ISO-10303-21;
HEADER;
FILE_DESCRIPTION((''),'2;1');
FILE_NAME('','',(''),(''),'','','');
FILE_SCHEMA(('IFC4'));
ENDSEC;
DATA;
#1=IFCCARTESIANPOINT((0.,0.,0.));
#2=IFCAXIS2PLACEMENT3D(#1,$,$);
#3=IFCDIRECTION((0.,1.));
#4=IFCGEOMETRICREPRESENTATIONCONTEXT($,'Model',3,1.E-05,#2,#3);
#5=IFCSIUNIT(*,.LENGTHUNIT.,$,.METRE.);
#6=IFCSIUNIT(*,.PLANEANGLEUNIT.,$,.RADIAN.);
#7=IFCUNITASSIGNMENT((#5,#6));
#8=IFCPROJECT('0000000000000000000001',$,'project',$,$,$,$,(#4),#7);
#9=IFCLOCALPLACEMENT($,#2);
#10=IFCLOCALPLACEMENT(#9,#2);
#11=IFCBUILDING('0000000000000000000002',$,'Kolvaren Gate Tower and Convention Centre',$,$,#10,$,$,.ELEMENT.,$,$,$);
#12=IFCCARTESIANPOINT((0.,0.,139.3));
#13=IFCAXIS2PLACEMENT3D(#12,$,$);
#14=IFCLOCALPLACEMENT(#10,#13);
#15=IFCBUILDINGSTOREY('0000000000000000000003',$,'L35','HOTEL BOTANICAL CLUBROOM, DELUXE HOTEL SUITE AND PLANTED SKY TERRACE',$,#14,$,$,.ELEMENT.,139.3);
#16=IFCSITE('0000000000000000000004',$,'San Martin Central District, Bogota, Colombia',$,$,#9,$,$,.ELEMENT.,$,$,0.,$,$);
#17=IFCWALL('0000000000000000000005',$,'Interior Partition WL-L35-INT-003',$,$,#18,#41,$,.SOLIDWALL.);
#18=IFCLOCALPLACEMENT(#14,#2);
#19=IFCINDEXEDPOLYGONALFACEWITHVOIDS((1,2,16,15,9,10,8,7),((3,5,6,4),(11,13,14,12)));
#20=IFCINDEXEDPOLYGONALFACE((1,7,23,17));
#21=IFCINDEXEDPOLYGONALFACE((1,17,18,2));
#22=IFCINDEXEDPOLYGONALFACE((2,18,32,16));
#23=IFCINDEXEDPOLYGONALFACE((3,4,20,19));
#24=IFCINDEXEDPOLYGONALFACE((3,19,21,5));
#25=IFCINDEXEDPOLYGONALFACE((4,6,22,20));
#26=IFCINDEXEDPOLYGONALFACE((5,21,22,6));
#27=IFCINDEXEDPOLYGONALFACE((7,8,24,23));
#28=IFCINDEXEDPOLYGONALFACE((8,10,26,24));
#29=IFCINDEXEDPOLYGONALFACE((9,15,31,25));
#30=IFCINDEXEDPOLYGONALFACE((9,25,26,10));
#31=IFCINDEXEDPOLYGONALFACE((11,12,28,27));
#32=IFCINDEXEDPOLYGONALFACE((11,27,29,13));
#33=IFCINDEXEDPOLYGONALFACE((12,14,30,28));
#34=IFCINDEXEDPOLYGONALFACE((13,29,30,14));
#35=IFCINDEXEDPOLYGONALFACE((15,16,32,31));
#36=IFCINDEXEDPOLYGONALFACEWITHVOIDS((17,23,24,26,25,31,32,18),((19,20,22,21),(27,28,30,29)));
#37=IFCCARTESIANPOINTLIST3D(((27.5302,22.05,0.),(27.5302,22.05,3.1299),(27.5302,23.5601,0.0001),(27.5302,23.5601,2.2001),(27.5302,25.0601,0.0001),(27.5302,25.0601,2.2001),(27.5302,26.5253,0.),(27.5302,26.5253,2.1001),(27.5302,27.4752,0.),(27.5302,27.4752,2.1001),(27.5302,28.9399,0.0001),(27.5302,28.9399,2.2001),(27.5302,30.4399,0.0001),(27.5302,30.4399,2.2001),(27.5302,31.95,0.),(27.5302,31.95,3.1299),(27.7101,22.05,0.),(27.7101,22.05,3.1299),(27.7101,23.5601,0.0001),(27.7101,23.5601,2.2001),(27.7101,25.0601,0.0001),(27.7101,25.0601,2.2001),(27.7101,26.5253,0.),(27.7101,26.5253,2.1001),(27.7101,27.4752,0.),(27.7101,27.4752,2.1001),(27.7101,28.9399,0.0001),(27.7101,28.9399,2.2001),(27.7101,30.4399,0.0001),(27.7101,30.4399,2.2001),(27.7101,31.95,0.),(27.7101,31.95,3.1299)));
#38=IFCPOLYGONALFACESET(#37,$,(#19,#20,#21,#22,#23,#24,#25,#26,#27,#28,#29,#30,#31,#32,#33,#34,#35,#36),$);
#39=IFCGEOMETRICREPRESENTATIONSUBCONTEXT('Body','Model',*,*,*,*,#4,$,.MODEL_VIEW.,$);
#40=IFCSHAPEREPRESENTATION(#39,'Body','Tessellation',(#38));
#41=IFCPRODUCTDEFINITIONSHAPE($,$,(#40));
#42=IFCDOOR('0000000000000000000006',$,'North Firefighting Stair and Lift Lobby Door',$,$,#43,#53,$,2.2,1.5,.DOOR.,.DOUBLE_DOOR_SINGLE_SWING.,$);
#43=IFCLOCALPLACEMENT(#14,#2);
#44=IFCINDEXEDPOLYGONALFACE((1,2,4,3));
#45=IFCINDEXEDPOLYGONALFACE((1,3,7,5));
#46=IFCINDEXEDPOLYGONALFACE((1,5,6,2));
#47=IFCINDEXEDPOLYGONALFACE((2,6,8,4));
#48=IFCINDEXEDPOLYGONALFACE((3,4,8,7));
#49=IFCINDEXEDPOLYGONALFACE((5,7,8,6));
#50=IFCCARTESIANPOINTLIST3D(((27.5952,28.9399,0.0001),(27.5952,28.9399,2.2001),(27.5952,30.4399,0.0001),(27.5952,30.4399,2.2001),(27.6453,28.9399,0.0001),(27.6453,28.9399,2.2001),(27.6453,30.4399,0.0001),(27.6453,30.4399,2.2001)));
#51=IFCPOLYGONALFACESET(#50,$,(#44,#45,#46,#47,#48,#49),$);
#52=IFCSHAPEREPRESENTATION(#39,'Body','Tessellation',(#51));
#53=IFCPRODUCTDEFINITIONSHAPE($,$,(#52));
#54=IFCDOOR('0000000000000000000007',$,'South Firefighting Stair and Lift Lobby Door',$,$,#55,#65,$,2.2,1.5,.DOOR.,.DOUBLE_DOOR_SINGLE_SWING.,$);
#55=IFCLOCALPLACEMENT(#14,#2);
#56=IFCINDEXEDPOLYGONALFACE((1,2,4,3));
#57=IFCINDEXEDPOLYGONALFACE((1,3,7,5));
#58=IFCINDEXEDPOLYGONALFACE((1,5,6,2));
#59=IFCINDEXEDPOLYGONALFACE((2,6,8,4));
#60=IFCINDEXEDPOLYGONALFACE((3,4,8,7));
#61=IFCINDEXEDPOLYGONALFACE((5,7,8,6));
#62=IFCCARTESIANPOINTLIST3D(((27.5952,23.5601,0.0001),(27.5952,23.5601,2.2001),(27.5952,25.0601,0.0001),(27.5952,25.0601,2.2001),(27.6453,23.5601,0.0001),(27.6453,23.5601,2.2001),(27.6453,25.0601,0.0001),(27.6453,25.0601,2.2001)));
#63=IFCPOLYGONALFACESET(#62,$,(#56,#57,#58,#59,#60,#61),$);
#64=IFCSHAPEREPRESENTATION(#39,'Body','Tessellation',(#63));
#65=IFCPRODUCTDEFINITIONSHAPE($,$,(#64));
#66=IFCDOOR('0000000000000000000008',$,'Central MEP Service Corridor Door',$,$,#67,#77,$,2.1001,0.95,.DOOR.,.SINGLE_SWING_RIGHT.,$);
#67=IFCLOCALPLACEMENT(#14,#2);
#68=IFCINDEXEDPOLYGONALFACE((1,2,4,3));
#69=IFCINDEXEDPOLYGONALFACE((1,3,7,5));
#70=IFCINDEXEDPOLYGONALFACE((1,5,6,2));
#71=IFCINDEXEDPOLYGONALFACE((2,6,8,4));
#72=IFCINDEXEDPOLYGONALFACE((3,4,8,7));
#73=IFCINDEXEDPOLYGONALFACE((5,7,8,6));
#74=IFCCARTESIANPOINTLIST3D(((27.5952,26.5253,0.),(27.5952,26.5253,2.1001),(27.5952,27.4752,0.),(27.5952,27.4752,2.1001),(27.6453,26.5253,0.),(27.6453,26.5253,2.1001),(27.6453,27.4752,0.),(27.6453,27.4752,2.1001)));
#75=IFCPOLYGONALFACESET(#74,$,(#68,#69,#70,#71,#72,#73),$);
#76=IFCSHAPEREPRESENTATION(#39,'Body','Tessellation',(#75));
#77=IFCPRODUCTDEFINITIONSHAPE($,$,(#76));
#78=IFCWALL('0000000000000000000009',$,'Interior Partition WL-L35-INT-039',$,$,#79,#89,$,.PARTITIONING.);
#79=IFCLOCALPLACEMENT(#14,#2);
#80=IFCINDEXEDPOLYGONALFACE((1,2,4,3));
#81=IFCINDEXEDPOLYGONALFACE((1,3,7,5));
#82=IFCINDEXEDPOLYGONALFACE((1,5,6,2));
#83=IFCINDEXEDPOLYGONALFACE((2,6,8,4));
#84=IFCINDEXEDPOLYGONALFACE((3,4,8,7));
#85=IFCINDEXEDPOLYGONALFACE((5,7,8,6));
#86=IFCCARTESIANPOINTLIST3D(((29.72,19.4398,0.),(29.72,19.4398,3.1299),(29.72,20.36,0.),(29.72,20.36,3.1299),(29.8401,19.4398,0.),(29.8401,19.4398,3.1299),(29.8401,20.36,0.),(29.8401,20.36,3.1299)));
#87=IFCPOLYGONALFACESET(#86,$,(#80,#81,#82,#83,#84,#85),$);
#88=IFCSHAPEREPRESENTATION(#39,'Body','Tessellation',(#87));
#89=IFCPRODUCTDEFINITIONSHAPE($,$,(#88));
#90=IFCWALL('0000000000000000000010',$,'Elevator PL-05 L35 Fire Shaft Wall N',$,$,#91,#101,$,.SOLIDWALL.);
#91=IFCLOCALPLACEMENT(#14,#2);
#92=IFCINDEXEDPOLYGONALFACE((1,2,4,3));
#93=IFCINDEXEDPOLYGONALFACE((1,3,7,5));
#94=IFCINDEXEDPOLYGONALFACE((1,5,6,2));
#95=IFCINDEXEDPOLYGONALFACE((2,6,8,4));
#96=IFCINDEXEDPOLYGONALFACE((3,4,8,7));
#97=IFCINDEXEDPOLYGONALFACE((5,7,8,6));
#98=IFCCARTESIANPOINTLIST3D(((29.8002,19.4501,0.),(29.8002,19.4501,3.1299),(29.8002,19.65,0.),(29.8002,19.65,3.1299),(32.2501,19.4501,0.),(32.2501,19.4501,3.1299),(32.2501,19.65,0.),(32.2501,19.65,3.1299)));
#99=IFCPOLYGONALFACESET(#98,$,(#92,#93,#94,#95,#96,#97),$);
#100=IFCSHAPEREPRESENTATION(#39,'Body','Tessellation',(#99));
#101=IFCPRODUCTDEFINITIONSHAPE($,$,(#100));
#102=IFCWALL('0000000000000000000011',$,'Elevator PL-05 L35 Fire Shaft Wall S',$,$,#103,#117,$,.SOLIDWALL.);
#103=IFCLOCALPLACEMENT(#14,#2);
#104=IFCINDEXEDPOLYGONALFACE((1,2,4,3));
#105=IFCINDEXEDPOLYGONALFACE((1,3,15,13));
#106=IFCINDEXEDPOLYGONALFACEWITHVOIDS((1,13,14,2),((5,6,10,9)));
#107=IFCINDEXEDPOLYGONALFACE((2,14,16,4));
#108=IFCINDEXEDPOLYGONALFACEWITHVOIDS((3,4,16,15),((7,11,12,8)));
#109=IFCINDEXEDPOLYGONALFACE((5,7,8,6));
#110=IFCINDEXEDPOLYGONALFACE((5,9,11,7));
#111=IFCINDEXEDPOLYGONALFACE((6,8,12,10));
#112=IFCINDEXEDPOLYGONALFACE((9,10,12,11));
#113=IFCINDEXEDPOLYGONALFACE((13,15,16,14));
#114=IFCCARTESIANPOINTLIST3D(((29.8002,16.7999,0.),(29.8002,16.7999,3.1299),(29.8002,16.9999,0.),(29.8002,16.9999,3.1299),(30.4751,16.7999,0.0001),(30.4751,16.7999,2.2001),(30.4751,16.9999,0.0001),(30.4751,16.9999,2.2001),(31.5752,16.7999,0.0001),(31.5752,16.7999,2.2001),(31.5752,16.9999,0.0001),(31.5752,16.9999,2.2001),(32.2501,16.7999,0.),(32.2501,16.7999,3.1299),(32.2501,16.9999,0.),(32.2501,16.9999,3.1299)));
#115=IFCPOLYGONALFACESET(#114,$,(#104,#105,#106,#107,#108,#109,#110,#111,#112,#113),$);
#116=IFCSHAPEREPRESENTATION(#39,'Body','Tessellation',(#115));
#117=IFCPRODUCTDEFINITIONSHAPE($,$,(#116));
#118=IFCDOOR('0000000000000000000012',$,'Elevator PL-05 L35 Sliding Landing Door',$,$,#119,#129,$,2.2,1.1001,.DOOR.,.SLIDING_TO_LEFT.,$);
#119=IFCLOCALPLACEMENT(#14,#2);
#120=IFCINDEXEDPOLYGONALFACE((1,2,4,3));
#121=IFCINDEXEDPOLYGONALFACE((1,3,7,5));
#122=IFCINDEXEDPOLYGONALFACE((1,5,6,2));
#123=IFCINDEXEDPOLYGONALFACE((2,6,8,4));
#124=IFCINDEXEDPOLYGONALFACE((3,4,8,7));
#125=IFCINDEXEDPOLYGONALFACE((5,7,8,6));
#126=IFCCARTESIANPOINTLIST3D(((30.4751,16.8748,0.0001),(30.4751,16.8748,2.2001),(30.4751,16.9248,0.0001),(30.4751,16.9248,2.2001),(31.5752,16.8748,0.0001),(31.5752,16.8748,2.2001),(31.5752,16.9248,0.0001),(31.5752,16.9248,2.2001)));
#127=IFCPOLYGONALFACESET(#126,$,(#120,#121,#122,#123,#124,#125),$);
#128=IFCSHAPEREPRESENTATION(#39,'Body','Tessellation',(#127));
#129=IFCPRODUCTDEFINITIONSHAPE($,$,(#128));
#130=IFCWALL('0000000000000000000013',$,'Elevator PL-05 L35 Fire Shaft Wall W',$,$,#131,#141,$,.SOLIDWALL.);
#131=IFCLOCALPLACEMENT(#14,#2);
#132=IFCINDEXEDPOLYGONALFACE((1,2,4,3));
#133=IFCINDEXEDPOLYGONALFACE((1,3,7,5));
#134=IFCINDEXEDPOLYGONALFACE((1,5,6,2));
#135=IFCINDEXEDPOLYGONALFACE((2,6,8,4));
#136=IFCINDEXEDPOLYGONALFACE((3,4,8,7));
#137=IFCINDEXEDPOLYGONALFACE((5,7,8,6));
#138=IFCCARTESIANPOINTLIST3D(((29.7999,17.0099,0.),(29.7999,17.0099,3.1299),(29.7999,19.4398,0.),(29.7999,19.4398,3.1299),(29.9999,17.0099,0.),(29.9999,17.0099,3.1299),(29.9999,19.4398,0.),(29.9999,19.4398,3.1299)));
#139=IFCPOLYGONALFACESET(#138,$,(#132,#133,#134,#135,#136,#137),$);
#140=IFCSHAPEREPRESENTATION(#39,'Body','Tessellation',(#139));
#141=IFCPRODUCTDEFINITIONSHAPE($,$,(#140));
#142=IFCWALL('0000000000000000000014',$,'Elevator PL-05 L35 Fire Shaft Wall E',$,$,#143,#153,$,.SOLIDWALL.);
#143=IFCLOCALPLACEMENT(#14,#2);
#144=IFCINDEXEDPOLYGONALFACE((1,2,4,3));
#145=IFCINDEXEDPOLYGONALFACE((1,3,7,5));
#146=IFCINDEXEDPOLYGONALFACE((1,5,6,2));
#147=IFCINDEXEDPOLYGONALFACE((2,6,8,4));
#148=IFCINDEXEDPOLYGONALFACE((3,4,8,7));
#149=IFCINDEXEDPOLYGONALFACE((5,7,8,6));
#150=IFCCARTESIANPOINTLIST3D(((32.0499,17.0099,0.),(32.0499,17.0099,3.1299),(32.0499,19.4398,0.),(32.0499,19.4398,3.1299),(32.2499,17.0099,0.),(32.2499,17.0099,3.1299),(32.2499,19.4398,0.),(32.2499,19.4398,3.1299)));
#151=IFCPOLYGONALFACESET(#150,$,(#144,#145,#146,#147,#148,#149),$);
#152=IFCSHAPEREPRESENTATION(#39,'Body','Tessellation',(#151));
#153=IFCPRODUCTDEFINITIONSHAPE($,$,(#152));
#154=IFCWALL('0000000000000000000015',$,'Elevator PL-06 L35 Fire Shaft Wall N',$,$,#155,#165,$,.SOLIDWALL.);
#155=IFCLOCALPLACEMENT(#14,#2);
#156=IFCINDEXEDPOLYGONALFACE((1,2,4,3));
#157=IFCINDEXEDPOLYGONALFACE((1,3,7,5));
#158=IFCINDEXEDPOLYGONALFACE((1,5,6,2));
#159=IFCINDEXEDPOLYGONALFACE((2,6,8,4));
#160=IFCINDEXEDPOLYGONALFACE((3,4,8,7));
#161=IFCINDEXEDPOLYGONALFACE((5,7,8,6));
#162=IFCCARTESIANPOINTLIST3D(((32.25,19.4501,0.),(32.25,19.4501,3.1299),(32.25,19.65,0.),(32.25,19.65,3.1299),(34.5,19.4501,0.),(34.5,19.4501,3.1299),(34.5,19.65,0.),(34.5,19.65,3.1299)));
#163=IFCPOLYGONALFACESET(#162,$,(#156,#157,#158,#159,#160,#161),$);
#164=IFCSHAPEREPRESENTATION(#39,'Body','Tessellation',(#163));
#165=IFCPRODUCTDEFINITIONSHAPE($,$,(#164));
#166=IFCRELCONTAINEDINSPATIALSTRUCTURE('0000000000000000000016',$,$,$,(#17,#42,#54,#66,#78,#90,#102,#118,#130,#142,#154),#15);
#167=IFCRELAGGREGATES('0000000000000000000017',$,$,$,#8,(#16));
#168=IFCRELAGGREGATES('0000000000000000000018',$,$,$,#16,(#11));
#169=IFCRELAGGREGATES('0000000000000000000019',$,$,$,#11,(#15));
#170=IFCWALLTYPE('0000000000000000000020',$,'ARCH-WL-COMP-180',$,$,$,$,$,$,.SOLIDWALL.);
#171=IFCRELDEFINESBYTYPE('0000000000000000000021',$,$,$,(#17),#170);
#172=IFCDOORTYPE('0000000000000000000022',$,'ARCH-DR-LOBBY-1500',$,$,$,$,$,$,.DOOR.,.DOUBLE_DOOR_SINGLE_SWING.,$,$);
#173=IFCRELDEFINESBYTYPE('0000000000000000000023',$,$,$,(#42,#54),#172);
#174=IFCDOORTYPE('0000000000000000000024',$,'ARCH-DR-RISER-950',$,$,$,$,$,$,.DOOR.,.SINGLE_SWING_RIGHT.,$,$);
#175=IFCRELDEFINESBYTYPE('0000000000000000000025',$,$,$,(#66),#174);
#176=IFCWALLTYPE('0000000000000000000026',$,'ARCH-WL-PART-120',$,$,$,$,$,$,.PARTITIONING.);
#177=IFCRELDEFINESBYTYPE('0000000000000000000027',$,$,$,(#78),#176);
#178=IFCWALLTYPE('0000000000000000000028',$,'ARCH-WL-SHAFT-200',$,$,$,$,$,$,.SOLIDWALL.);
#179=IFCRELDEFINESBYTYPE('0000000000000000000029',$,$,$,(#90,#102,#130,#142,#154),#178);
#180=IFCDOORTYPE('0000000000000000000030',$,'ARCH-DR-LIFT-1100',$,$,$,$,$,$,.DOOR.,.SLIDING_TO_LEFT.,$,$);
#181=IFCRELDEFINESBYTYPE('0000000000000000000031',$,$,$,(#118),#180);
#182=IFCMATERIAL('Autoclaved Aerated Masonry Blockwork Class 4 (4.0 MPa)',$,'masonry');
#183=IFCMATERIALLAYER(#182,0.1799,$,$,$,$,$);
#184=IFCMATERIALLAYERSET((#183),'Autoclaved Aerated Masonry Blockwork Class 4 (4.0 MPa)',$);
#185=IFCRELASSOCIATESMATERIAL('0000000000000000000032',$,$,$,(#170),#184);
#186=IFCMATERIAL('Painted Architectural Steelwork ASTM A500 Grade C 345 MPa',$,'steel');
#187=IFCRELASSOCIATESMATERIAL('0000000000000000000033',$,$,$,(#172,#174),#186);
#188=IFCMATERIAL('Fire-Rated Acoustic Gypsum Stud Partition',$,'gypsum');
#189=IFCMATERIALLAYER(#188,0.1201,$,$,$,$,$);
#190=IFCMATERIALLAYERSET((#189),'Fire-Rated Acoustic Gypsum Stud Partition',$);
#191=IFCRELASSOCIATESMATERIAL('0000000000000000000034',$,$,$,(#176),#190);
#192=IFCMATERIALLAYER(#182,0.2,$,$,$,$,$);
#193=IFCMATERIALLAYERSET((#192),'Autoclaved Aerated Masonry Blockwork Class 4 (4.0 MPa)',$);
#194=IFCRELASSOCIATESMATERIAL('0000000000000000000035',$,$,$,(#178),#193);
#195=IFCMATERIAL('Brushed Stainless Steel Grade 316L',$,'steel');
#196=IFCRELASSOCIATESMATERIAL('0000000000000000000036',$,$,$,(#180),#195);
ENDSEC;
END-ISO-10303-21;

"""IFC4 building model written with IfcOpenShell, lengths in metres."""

from ifc_helpers import new_model, si_unit, direction, frame, frame_2d, origin, place, context, subcontext, project, spatial, rectangle, extrude, material, layer, layer_set, type_object, element, fill, save


model = new_model("IFC4")

# Units and contexts
model_context = context("Model", 3, precision=1e-05, world=origin(), true_north=direction((0.0, 1.0)))
body_context = subcontext(model_context, "Body", "Model", "MODEL_VIEW")
ifc_project = project(units=[si_unit("LENGTHUNIT", "METRE"), si_unit("PLANEANGLEUNIT", "RADIAN")], contexts=[model_context])

# Site, building, storey
site_placement = place(None, origin())
site = spatial("IfcSite", under=ifc_project, at=site_placement, Name="San Martin Central District, Bogota, Colombia", CompositionType="ELEMENT", RefElevation=0.0)
building_placement = place(site_placement, origin())
building = spatial("IfcBuilding", under=site, at=building_placement, Name="Kolvaren Gate Tower and Convention Centre", CompositionType="ELEMENT")
storey_placement = place(building_placement, frame((0.0, 0.0, 139.3)))
storey = spatial("IfcBuildingStorey", under=building, at=storey_placement, Name="L35", Description="HOTEL BOTANICAL CLUBROOM, DELUXE HOTEL SUITE AND PLANTED SKY TERRACE", CompositionType="ELEMENT", Elevation=139.3)

# Wall, openings, doors
ifc_material_1 = material(Name="Autoclaved Aerated Masonry Blockwork Class 4 (4.0 MPa)", Category="masonry")
ifc_layer_1 = layer(ifc_material_1, 0.1799)
ifc_layer_set_1 = layer_set([ifc_layer_1], Name="Autoclaved Aerated Masonry Blockwork Class 4 (4.0 MPa)")
wall_type_1 = type_object("IfcWallType", Name="ARCH-WL-COMP-180", PredefinedType="SOLIDWALL", material=ifc_layer_set_1)
wall_1_placement = place(storey_placement, frame((27.6201, 22.05, 0.0), z_axis=(0.0, 0.0, 1.0), x_axis=(0.0, 1.0, 0.0)))
wall_1 = element("IfcWall", 1, at=wall_1_placement, inside=storey, type_object=wall_type_1, Name="Interior Partition WL-L35-INT-003", PredefinedType="SOLIDWALL", context=body_context, shape_type="SweptSolid", body=[
    extrude(rectangle(XDim=9.8999, YDim=0.1799, at=frame_2d((4.95, 0.0))), origin(), (0.0, 0.0, 1.0), 3.1299),
])
opening_1_placement = place(wall_1_placement, frame((4.4751, 0.0, 0.0)))
opening_1 = element("IfcOpeningElement", 2, at=opening_1_placement, cuts=wall_1, PredefinedType="OPENING", context=body_context, shape_type="SweptSolid", body=[
    extrude(rectangle(XDim=0.95, YDim=2.1001, at=frame_2d((0.4751, 1.05))), frame((0.0, 0.0999, 0.0), z_axis=(0.0, -1.0, 0.0), x_axis=(1.0, 0.0, 0.0)), (0.0, 0.0, 1.0), 0.2),
])
opening_2_placement = place(wall_1_placement, frame((6.8899, 0.0, 0.0)))
opening_2 = element("IfcOpeningElement", 3, at=opening_2_placement, cuts=wall_1, PredefinedType="OPENING", context=body_context, shape_type="SweptSolid", body=[
    extrude(rectangle(XDim=1.5, YDim=2.2, at=frame_2d((0.75, 1.1001))), frame((0.0, 0.0999, 0.0), z_axis=(0.0, -1.0, 0.0), x_axis=(1.0, 0.0, 0.0)), (0.0, 0.0, 1.0), 0.2),
])
opening_3_placement = place(wall_1_placement, frame((1.51, 0.0, 0.0)))
opening_3 = element("IfcOpeningElement", 4, at=opening_3_placement, cuts=wall_1, PredefinedType="OPENING", context=body_context, shape_type="SweptSolid", body=[
    extrude(rectangle(XDim=1.5, YDim=2.2, at=frame_2d((0.75, 1.1001))), frame((0.0, 0.0999, 0.0), z_axis=(0.0, -1.0, 0.0), x_axis=(1.0, 0.0, 0.0)), (0.0, 0.0, 1.0), 0.2),
])
ifc_material_2 = material(Name="Painted Architectural Steelwork ASTM A500 Grade C 345 MPa", Category="steel")
door_type_1 = type_object("IfcDoorType", Name="ARCH-DR-LOBBY-1500", OperationType="DOUBLE_DOOR_SINGLE_SWING", PredefinedType="DOOR", material=ifc_material_2)
door_1_placement = place(opening_2_placement, origin())
door_1 = element("IfcDoor", 5, at=door_1_placement, inside=storey, type_object=door_type_1, Name="North Firefighting Stair and Lift Lobby Door", OperationType="DOUBLE_DOOR_SINGLE_SWING", OverallHeight=2.2, OverallWidth=1.5, PredefinedType="DOOR", context=body_context, shape_type="SweptSolid", body=[
    extrude(rectangle(XDim=1.5, YDim=2.2, at=frame_2d((0.75, 1.1001))), frame((0.0, 0.0249, 0.0), z_axis=(0.0, -1.0, 0.0), x_axis=(1.0, 0.0, 0.0)), (0.0, 0.0, 1.0), 0.05),
])
fill(opening_2, door_1)
door_2_placement = place(opening_3_placement, origin())
door_2 = element("IfcDoor", 6, at=door_2_placement, inside=storey, type_object=door_type_1, Name="South Firefighting Stair and Lift Lobby Door", OperationType="DOUBLE_DOOR_SINGLE_SWING", OverallHeight=2.2, OverallWidth=1.5, PredefinedType="DOOR", context=body_context, shape_type="SweptSolid", body=[
    extrude(rectangle(XDim=1.5, YDim=2.2, at=frame_2d((0.75, 1.1001))), frame((0.0, 0.0249, 0.0), z_axis=(0.0, -1.0, 0.0), x_axis=(1.0, 0.0, 0.0)), (0.0, 0.0, 1.0), 0.05),
])
fill(opening_3, door_2)
door_type_2 = type_object("IfcDoorType", Name="ARCH-DR-RISER-950", OperationType="SINGLE_SWING_RIGHT", PredefinedType="DOOR", material=ifc_material_2)
door_3_placement = place(opening_1_placement, origin())
door_3 = element("IfcDoor", 7, at=door_3_placement, inside=storey, type_object=door_type_2, Name="Central MEP Service Corridor Door", OperationType="SINGLE_SWING_RIGHT", OverallHeight=2.1001, OverallWidth=0.95, PredefinedType="DOOR", context=body_context, shape_type="SweptSolid", body=[
    extrude(rectangle(XDim=0.95, YDim=2.1001, at=frame_2d((0.4751, 1.05))), frame((0.0, 0.0249, 0.0), z_axis=(0.0, -1.0, 0.0), x_axis=(1.0, 0.0, 0.0)), (0.0, 0.0, 1.0), 0.05),
])
fill(opening_1, door_3)

# Walls
ifc_material_3 = material(Name="Fire-Rated Acoustic Gypsum Stud Partition", Category="gypsum")
ifc_layer_2 = layer(ifc_material_3, 0.1201)
ifc_layer_set_2 = layer_set([ifc_layer_2], Name="Fire-Rated Acoustic Gypsum Stud Partition")
wall_type_2 = type_object("IfcWallType", Name="ARCH-WL-PART-120", PredefinedType="PARTITIONING", material=ifc_layer_set_2)
wall_2_placement = place(storey_placement, frame((29.78, 19.4399, 0.0), z_axis=(0.0, 0.0, 1.0), x_axis=(0.0, 1.0, 0.0)))
element("IfcWall", 8, at=wall_2_placement, inside=storey, type_object=wall_type_2, Name="Interior Partition WL-L35-INT-039", PredefinedType="PARTITIONING", context=body_context, shape_type="SweptSolid", body=[
    extrude(rectangle(XDim=0.9202, YDim=0.1201, at=frame_2d((0.46, 0.0))), origin(), (0.0, 0.0, 1.0), 3.1299),
])
ifc_layer_3 = layer(ifc_material_1, 0.2)
ifc_layer_set_3 = layer_set([ifc_layer_3], Name="Autoclaved Aerated Masonry Blockwork Class 4 (4.0 MPa)")
wall_type_3 = type_object("IfcWallType", Name="ARCH-WL-SHAFT-200", PredefinedType="SOLIDWALL", material=ifc_layer_set_3)
wall_3_placement = place(storey_placement, frame((29.8, 19.55, 0.0), z_axis=(0.0, 0.0, 1.0), x_axis=(1.0, 0.0, 0.0)))
element("IfcWall", 9, at=wall_3_placement, inside=storey, type_object=wall_type_3, Name="Elevator PL-05 L35 Fire Shaft Wall N", PredefinedType="SOLIDWALL", context=body_context, shape_type="SweptSolid", body=[
    extrude(rectangle(XDim=2.45, YDim=0.2, at=frame_2d((1.2251, 0.0))), origin(), (0.0, 0.0, 1.0), 3.1299),
])

# Wall, opening, door
wall_4_placement = place(storey_placement, frame((29.8, 16.8999, 0.0), z_axis=(0.0, 0.0, 1.0), x_axis=(1.0, 0.0, 0.0)))
wall_4 = element("IfcWall", 10, at=wall_4_placement, inside=storey, type_object=wall_type_3, Name="Elevator PL-05 L35 Fire Shaft Wall S", PredefinedType="SOLIDWALL", context=body_context, shape_type="SweptSolid", body=[
    extrude(rectangle(XDim=2.45, YDim=0.2, at=frame_2d((1.2251, 0.0))), origin(), (0.0, 0.0, 1.0), 3.1299),
])
opening_4_placement = place(wall_4_placement, frame((0.675, 0.0, 0.0)))
opening_4 = element("IfcOpeningElement", 11, at=opening_4_placement, cuts=wall_4, PredefinedType="OPENING", context=body_context, shape_type="SweptSolid", body=[
    extrude(rectangle(XDim=1.1001, YDim=2.2, at=frame_2d((0.55, 1.1001))), frame((0.0, 0.1099, 0.0), z_axis=(0.0, -1.0, 0.0), x_axis=(1.0, 0.0, 0.0)), (0.0, 0.0, 1.0), 0.22),
])
ifc_material_4 = material(Name="Brushed Stainless Steel Grade 316L", Category="steel")
door_type_3 = type_object("IfcDoorType", Name="ARCH-DR-LIFT-1100", OperationType="SLIDING_TO_LEFT", PredefinedType="DOOR", material=ifc_material_4)
door_4_placement = place(opening_4_placement, origin())
door_4 = element("IfcDoor", 12, at=door_4_placement, inside=storey, type_object=door_type_3, Name="Elevator PL-05 L35 Sliding Landing Door", OperationType="SLIDING_TO_LEFT", OverallHeight=2.2, OverallWidth=1.1001, PredefinedType="DOOR", context=body_context, shape_type="SweptSolid", body=[
    extrude(rectangle(XDim=1.1001, YDim=2.2, at=frame_2d((0.55, 1.1001))), frame((0.0, 0.0249, 0.0), z_axis=(0.0, -1.0, 0.0), x_axis=(1.0, 0.0, 0.0)), (0.0, 0.0, 1.0), 0.05),
])
fill(opening_4, door_4)

# Walls
for number, where, z_axis, x_axis, name in (
    (13, (29.8999, 17.01, 0.0), (0.0, 0.0, 1.0), (0.0, 1.0, 0.0), "Elevator PL-05 L35 Fire Shaft Wall W"),
    (14, (32.1499, 17.01, 0.0), (0.0, 0.0, 1.0), (0.0, 1.0, 0.0), "Elevator PL-05 L35 Fire Shaft Wall E"),
):
    element("IfcWall", number, at=place(storey_placement, frame(where, z_axis=z_axis, x_axis=x_axis)), inside=storey, type_object=wall_type_3, Name=name, PredefinedType="SOLIDWALL", context=body_context, shape_type="SweptSolid", body=[
        extrude(rectangle(XDim=2.4299, YDim=0.2, at=frame_2d((1.2148, 0.0))), origin(), (0.0, 0.0, 1.0), 3.1299),
    ])
wall_5_placement = place(storey_placement, frame((32.25, 19.55, 0.0), z_axis=(0.0, 0.0, 1.0), x_axis=(1.0, 0.0, 0.0)))
element("IfcWall", 15, at=wall_5_placement, inside=storey, type_object=wall_type_3, Name="Elevator PL-06 L35 Fire Shaft Wall N", PredefinedType="SOLIDWALL", context=body_context, shape_type="SweptSolid", body=[
    extrude(rectangle(XDim=2.25, YDim=0.2, at=frame_2d((1.125, 0.0))), origin(), (0.0, 0.0, 1.0), 3.1299),
])

save(model, "model.ifc")
